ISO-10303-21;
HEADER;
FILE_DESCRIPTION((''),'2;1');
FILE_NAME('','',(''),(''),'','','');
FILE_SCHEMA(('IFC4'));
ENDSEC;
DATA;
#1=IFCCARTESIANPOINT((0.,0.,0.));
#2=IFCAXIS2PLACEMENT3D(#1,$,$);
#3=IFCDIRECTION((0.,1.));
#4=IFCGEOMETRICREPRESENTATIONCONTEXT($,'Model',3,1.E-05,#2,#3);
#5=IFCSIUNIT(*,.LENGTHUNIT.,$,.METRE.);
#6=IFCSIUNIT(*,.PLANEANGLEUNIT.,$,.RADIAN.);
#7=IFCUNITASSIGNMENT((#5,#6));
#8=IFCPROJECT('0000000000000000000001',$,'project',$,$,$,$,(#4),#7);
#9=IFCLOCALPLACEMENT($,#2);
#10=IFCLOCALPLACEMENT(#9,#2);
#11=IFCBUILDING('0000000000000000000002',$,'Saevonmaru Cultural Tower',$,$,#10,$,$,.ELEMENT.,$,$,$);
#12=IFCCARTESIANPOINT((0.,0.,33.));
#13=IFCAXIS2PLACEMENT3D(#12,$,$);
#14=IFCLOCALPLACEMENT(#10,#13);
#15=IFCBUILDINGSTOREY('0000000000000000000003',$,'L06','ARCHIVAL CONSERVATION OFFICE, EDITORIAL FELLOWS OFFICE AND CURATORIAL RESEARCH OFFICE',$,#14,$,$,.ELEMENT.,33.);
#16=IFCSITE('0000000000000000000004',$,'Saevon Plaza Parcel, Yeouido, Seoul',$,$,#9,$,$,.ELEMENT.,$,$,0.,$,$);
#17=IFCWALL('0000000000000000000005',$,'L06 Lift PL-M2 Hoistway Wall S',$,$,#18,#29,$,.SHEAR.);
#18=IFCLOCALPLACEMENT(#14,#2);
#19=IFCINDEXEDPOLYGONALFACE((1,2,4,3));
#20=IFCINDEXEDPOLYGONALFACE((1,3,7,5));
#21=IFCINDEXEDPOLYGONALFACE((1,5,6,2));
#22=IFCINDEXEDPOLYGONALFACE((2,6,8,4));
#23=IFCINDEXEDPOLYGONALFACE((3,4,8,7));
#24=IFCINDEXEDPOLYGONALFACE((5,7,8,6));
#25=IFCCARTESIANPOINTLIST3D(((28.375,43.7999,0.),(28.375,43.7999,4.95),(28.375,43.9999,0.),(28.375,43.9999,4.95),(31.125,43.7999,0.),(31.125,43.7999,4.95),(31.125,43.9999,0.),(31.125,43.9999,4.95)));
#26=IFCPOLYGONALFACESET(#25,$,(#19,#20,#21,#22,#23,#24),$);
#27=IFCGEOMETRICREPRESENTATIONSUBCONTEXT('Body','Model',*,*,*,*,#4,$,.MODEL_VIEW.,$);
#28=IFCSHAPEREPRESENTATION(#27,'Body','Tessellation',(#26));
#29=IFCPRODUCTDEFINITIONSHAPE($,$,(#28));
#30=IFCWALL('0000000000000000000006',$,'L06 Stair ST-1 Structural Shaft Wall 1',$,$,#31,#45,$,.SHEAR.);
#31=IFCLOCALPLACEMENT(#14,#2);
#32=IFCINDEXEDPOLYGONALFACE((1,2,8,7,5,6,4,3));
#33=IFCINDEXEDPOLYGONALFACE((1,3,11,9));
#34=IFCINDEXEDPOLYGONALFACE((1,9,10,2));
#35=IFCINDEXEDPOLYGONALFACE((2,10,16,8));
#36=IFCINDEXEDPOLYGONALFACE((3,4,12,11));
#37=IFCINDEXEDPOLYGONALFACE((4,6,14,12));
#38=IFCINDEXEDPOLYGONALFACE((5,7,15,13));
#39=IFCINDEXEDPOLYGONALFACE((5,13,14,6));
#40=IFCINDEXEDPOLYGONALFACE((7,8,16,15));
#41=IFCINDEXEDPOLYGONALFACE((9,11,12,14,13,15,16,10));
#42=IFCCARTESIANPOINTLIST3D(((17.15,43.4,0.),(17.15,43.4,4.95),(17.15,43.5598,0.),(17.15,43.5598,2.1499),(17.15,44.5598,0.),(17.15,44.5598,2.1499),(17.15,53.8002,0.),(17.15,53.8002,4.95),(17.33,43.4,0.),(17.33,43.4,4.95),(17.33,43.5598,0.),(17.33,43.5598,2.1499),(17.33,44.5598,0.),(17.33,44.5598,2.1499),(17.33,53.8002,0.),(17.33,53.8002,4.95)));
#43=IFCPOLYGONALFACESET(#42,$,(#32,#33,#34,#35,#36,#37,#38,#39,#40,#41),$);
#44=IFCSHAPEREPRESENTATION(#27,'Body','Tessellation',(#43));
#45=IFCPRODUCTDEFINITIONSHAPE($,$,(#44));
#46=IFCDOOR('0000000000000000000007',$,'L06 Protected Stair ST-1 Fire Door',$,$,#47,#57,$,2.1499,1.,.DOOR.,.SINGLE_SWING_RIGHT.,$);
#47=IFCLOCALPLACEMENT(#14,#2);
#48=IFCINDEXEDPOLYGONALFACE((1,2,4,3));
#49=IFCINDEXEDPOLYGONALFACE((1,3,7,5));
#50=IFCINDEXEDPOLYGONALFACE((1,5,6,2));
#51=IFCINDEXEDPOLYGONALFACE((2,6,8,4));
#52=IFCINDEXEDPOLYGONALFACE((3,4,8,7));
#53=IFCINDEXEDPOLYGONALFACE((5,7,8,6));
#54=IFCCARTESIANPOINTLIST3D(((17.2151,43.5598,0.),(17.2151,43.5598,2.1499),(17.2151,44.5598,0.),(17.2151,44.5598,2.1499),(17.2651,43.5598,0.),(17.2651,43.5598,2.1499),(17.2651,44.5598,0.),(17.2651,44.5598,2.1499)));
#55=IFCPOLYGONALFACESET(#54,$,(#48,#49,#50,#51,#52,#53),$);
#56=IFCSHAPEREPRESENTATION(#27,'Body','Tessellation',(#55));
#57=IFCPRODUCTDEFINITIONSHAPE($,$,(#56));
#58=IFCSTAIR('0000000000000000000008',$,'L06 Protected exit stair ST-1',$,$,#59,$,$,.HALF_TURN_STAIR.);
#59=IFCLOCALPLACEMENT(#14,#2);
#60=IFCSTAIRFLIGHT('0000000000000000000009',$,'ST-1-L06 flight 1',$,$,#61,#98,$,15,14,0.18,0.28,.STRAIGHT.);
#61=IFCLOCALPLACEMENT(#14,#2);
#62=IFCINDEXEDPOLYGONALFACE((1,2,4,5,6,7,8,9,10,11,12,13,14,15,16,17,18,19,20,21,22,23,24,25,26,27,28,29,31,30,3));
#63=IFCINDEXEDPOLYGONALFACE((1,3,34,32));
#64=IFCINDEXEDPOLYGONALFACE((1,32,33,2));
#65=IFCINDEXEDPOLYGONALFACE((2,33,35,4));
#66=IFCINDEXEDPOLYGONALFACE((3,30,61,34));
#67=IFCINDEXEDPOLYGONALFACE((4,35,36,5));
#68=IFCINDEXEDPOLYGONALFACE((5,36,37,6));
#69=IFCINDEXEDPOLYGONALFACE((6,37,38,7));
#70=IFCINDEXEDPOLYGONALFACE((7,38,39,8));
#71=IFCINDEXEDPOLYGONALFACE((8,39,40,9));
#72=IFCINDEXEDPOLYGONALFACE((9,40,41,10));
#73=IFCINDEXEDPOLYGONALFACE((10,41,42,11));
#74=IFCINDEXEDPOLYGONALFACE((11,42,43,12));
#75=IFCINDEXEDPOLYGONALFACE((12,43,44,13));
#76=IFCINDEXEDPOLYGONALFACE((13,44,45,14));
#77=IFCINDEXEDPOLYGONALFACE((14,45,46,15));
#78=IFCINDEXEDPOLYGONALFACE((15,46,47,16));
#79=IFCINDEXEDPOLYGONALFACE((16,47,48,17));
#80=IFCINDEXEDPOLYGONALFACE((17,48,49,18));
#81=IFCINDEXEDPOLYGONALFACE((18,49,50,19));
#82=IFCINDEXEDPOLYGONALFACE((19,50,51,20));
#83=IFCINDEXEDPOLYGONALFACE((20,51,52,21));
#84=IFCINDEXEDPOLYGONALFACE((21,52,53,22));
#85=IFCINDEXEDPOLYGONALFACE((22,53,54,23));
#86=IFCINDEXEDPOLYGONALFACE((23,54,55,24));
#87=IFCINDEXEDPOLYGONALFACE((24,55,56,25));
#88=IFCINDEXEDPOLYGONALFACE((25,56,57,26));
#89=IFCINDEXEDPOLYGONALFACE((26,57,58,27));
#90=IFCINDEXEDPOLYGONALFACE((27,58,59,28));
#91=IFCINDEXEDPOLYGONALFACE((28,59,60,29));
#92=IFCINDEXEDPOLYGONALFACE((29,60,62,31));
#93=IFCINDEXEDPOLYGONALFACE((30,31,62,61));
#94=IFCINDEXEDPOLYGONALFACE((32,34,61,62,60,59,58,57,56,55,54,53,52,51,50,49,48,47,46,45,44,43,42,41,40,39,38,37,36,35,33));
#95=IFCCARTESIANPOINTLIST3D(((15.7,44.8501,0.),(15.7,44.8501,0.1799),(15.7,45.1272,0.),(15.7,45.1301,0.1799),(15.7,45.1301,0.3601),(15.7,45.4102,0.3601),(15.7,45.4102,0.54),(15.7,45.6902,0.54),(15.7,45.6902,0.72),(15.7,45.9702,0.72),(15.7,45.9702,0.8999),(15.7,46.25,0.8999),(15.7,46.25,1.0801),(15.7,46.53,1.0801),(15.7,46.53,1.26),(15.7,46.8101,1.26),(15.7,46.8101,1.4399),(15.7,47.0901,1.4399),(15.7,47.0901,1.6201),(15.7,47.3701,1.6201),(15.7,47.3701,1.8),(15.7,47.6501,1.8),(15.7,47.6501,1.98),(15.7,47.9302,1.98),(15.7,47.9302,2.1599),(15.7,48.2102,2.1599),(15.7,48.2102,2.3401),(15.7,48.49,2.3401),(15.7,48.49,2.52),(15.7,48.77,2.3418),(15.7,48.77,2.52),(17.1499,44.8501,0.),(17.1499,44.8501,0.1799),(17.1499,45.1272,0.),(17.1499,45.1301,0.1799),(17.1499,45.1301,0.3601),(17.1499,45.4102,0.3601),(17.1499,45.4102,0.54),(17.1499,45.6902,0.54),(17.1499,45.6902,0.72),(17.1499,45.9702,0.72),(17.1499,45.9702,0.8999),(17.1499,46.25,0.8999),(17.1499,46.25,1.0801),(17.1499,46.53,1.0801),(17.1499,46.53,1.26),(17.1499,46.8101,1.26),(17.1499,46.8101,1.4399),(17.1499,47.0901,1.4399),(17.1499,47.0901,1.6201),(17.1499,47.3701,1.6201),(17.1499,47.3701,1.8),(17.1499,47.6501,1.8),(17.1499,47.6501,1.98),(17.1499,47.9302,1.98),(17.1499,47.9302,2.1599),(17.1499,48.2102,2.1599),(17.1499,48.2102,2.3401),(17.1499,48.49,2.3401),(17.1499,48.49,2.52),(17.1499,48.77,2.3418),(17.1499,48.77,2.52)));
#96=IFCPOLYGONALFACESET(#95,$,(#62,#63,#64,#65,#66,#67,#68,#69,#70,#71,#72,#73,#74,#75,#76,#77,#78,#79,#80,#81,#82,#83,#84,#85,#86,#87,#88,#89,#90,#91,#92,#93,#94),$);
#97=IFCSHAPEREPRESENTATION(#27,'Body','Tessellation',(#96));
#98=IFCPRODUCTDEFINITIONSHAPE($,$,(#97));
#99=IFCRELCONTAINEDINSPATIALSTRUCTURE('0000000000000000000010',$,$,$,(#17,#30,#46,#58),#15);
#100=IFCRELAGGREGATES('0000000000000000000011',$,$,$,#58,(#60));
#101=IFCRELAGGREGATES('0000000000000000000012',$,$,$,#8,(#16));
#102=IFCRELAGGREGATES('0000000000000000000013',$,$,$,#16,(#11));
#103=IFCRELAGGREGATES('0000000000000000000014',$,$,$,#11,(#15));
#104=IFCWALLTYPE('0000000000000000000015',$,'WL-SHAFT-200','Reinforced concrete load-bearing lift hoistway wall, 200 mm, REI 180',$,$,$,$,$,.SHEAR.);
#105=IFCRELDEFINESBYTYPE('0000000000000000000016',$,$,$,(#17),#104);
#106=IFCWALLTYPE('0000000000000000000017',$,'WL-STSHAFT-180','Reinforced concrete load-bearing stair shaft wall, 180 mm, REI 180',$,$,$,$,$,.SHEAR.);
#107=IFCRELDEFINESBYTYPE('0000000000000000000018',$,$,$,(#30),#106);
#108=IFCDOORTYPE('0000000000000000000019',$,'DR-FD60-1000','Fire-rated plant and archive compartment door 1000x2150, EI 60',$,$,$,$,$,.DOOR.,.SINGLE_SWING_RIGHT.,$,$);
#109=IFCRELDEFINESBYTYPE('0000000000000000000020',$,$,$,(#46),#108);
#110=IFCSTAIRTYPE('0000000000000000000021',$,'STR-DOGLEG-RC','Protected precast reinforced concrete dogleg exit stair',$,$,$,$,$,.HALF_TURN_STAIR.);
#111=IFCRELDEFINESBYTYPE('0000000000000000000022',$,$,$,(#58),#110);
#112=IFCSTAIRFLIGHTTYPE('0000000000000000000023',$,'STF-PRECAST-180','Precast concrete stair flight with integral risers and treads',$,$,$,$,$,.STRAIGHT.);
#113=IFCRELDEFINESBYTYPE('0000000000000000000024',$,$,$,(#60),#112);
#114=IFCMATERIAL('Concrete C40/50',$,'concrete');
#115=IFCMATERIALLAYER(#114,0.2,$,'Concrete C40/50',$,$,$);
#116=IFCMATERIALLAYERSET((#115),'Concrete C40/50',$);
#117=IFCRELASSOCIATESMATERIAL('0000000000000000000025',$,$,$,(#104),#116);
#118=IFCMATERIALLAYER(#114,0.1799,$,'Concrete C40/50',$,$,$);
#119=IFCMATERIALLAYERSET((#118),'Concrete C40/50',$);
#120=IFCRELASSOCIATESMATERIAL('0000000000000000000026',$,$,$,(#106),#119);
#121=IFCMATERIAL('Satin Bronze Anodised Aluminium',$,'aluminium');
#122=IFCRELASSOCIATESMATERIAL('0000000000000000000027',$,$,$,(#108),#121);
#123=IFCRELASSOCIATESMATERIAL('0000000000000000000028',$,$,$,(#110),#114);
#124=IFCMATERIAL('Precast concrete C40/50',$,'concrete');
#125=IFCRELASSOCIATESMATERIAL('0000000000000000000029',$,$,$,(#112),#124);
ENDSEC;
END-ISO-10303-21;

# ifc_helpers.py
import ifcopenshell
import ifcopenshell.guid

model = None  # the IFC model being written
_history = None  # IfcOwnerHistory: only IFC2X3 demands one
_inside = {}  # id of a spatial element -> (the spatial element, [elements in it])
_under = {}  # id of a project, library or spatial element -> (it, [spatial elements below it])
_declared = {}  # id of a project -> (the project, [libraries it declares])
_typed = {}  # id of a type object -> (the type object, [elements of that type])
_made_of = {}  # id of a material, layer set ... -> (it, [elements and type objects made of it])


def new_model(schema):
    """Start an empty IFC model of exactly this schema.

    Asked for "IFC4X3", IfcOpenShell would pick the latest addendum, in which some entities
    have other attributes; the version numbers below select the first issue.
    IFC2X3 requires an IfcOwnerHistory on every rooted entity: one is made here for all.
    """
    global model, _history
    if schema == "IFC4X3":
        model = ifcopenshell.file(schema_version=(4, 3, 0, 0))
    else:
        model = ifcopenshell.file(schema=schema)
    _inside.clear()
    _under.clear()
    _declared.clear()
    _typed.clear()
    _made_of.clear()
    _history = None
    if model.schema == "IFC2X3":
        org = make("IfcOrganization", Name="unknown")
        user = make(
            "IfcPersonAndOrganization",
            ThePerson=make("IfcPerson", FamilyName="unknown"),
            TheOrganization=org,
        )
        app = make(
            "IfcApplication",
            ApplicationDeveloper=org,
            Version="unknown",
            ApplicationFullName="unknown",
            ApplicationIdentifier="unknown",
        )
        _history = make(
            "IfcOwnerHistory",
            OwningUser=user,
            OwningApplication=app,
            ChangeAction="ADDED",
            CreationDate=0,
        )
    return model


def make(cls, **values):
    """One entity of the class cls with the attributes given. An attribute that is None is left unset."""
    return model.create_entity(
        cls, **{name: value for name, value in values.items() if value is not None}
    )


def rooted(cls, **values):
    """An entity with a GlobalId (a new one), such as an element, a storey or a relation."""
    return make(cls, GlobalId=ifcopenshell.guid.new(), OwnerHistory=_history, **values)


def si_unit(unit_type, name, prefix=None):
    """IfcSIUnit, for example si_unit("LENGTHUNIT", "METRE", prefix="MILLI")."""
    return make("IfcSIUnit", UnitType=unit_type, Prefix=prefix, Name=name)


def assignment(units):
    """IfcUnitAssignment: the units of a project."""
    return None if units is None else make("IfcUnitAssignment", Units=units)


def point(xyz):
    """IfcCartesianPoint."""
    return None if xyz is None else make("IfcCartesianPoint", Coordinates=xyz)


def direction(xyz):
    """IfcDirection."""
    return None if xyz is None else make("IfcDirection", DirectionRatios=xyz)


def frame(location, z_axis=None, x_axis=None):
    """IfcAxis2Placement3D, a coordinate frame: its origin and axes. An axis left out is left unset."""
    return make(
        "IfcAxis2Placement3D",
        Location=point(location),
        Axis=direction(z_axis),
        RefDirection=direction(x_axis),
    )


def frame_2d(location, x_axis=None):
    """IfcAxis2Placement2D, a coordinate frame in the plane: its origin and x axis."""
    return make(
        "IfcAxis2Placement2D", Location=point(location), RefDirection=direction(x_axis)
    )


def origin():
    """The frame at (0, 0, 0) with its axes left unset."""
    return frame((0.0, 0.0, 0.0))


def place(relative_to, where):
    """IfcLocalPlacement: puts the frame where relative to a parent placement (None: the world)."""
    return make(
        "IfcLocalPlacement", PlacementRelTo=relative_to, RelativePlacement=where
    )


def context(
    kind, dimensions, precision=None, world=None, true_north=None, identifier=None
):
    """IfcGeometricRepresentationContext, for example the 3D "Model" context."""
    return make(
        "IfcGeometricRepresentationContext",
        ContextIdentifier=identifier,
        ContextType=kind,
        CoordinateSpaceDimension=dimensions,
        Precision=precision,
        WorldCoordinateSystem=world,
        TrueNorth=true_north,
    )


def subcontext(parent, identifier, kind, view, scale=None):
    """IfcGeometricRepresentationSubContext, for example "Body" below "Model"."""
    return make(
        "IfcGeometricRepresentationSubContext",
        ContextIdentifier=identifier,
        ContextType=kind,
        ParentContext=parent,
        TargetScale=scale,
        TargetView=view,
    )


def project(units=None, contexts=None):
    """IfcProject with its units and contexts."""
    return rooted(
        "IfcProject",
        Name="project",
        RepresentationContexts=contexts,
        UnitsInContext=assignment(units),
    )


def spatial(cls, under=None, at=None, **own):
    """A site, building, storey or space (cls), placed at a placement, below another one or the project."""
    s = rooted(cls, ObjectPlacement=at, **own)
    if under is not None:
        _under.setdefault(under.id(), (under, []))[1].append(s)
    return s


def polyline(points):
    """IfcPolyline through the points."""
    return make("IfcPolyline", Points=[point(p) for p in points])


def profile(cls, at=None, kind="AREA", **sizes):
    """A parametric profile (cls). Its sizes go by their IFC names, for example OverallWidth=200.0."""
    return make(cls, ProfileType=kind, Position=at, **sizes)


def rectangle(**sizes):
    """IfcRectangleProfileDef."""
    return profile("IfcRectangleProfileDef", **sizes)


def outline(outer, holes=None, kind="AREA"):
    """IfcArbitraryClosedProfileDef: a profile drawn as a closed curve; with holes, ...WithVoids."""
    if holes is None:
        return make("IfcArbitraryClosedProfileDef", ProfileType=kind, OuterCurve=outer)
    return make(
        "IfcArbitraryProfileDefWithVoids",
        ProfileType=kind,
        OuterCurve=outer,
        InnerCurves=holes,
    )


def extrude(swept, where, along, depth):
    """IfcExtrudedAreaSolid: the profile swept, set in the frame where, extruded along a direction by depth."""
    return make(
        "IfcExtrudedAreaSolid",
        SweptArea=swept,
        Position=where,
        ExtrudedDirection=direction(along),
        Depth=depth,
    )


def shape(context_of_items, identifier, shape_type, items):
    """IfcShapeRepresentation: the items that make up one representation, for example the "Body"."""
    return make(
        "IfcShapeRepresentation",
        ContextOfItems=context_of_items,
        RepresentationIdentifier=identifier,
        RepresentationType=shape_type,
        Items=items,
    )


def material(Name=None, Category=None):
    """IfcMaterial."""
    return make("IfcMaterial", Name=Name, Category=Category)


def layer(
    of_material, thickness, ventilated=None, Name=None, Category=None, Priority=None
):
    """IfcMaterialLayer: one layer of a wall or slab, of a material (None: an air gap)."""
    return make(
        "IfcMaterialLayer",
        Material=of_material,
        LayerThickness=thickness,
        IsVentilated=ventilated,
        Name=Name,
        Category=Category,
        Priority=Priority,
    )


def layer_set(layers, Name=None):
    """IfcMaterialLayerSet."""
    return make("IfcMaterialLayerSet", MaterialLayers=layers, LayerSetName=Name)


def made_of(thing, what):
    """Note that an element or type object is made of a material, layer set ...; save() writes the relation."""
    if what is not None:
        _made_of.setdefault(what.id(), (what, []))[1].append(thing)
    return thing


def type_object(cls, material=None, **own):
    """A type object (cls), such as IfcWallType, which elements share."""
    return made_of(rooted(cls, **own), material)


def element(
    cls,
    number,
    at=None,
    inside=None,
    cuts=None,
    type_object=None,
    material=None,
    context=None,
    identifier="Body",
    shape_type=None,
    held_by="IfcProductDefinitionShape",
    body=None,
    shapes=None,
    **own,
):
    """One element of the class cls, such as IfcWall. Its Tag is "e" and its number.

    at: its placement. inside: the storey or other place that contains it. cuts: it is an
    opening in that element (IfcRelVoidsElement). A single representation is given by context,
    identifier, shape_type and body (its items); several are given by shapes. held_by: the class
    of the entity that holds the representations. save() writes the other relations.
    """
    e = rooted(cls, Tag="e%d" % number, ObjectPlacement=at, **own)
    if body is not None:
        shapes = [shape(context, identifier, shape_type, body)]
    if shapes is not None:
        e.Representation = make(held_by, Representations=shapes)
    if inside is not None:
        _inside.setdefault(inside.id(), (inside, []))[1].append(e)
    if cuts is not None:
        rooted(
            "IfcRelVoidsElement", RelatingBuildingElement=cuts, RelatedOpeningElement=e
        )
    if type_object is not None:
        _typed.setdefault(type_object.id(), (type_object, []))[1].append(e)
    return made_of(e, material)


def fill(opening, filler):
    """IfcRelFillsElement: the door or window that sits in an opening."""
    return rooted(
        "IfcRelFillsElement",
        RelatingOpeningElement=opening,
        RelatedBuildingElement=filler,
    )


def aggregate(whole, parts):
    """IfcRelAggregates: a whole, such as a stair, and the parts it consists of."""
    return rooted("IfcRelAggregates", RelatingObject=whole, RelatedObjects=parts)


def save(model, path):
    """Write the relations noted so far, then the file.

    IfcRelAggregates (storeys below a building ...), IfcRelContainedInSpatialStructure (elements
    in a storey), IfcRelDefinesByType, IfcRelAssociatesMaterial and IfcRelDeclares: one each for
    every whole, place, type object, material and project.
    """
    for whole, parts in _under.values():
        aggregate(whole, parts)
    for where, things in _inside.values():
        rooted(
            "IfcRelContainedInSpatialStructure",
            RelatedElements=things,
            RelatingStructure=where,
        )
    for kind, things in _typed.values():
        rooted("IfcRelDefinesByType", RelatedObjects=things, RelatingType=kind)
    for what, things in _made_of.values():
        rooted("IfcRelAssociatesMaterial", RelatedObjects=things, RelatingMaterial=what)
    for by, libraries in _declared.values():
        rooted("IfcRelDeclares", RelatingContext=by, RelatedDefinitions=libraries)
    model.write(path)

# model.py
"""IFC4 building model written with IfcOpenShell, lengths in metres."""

from ifc_helpers import new_model, si_unit, direction, frame, frame_2d, origin, place, context, subcontext, project, spatial, polyline, rectangle, outline, extrude, material, layer, layer_set, type_object, element, fill, aggregate, save


model = new_model("IFC4")

# Units and contexts
model_context = context("Model", 3, precision=1e-05, world=origin(), true_north=direction((0.0, 1.0)))
body_context = subcontext(model_context, "Body", "Model", "MODEL_VIEW")
ifc_project = project(units=[si_unit("LENGTHUNIT", "METRE"), si_unit("PLANEANGLEUNIT", "RADIAN")], contexts=[model_context])

# Site, building, storey
site_placement = place(None, origin())
site = spatial("IfcSite", under=ifc_project, at=site_placement, Name="Saevon Plaza Parcel, Yeouido, Seoul", CompositionType="ELEMENT", RefElevation=0.0)
building_placement = place(site_placement, origin())
building = spatial("IfcBuilding", under=site, at=building_placement, Name="Saevonmaru Cultural Tower", CompositionType="ELEMENT")
storey_placement = place(building_placement, frame((0.0, 0.0, 33.0)))
storey = spatial("IfcBuildingStorey", under=building, at=storey_placement, Name="L06", Description="ARCHIVAL CONSERVATION OFFICE, EDITORIAL FELLOWS OFFICE AND CURATORIAL RESEARCH OFFICE", CompositionType="ELEMENT", Elevation=33.0)

# Shared definitions
ifc_material_1 = material(Name="Satin Bronze Anodised Aluminium", Category="aluminium")

# Wall
ifc_material_2 = material(Name="Concrete C40/50", Category="concrete")
ifc_layer_1 = layer(ifc_material_2, 0.2, Name="Concrete C40/50")
ifc_layer_set_1 = layer_set([ifc_layer_1], Name="Concrete C40/50")
wall_type_1 = type_object("IfcWallType", Name="WL-SHAFT-200", Description="Reinforced concrete load-bearing lift hoistway wall, 200 mm, REI 180", PredefinedType="SHEAR", material=ifc_layer_set_1)
wall_1_placement = place(storey_placement, frame((28.375, 43.8999, 0.0), z_axis=(0.0, 0.0, 1.0), x_axis=(1.0, 0.0, 0.0)))
element("IfcWall", 1, at=wall_1_placement, inside=storey, type_object=wall_type_1, Name="L06 Lift PL-M2 Hoistway Wall S", PredefinedType="SHEAR", context=body_context, shape_type="SweptSolid", body=[
    extrude(rectangle(XDim=2.75, YDim=0.2, at=frame_2d((1.375, 0.0))), origin(), (0.0, 0.0, 1.0), 4.95),
])

# Wall, opening, door
ifc_layer_2 = layer(ifc_material_2, 0.1799, Name="Concrete C40/50")
ifc_layer_set_2 = layer_set([ifc_layer_2], Name="Concrete C40/50")
wall_type_2 = type_object("IfcWallType", Name="WL-STSHAFT-180", Description="Reinforced concrete load-bearing stair shaft wall, 180 mm, REI 180", PredefinedType="SHEAR", material=ifc_layer_set_2)
wall_2_placement = place(storey_placement, frame((17.24, 43.3999, 0.0), z_axis=(0.0, 0.0, 1.0), x_axis=(0.0, 1.0, 0.0)))
wall_2 = element("IfcWall", 2, at=wall_2_placement, inside=storey, type_object=wall_type_2, Name="L06 Stair ST-1 Structural Shaft Wall 1", PredefinedType="SHEAR", context=body_context, shape_type="SweptSolid", body=[
    extrude(rectangle(XDim=10.4001, YDim=0.1799, at=frame_2d((5.2002, 0.0))), origin(), (0.0, 0.0, 1.0), 4.95),
])
opening_1_placement = place(wall_2_placement, frame((0.1599, 0.0, 0.0)))
opening_1 = element("IfcOpeningElement", 3, at=opening_1_placement, cuts=wall_2, PredefinedType="OPENING", context=body_context, shape_type="SweptSolid", body=[
    extrude(rectangle(XDim=1.0, YDim=2.1499, at=frame_2d((0.5, 1.075))), frame((0.0, 0.1001, 0.0), z_axis=(0.0, -1.0, 0.0), x_axis=(1.0, 0.0, 0.0)), (0.0, 0.0, 1.0), 0.2),
])
door_type_1 = type_object("IfcDoorType", Name="DR-FD60-1000", Description="Fire-rated plant and archive compartment door 1000x2150, EI 60", OperationType="SINGLE_SWING_RIGHT", PredefinedType="DOOR", material=ifc_material_1)
door_1_placement = place(opening_1_placement, origin())
door_1 = element("IfcDoor", 4, at=door_1_placement, inside=storey, type_object=door_type_1, Name="L06 Protected Stair ST-1 Fire Door", OperationType="SINGLE_SWING_RIGHT", OverallHeight=2.1499, OverallWidth=1.0, PredefinedType="DOOR", context=body_context, shape_type="SweptSolid", body=[
    extrude(rectangle(XDim=1.0, YDim=2.1499, at=frame_2d((0.5, 1.075))), frame((0.0, 0.0249, 0.0), z_axis=(0.0, -1.0, 0.0), x_axis=(1.0, 0.0, 0.0)), (0.0, 0.0, 1.0), 0.05),
])
fill(opening_1, door_1)

# Stair, stair flight
stair_type = type_object("IfcStairType", Name="STR-DOGLEG-RC", Description="Protected precast reinforced concrete dogleg exit stair", PredefinedType="HALF_TURN_STAIR", material=ifc_material_2)
stair_placement = place(storey_placement, origin())
stair = element("IfcStair", 5, at=stair_placement, inside=storey, type_object=stair_type, Name="L06 Protected exit stair ST-1", PredefinedType="HALF_TURN_STAIR")
ifc_material_3 = material(Name="Precast concrete C40/50", Category="concrete")
stair_flight_type = type_object("IfcStairFlightType", Name="STF-PRECAST-180", Description="Precast concrete stair flight with integral risers and treads", PredefinedType="STRAIGHT", material=ifc_material_3)
stair_flight_placement = place(storey_placement, frame((16.425, 44.8501, 0.0), z_axis=(0.0, 0.0, 1.0), x_axis=(0.0, 1.0, 0.0)))
stair_flight = element("IfcStairFlight", 6, at=stair_flight_placement, type_object=stair_flight_type, Name="ST-1-L06 flight 1", NumberOfRisers=15, NumberOfTreads=14, PredefinedType="STRAIGHT", RiserHeight=0.18, TreadLength=0.28, context=body_context, shape_type="SweptSolid", body=[
    extrude(outline(polyline([(0.0, 0.0), (0.0, 0.1799), (0.28, 0.1799), (0.28, 0.3601), (0.5601, 0.3601), (0.5601, 0.54), (0.8401, 0.54), (0.8401, 0.72), (1.1201, 0.72), (1.1201, 0.8999), (1.3999, 0.8999), (1.3999, 1.0801), (1.6799, 1.0801), (1.6799, 1.26), (1.96, 1.26), (1.96, 1.4399), (2.24, 1.4399), (2.24, 1.6201), (2.52, 1.6201), (2.52, 1.8), (2.8, 1.8), (2.8, 1.98), (3.0801, 1.98), (3.0801, 2.1599), (3.3601, 2.1599), (3.3601, 2.3401), (3.6399, 2.3401), (3.6399, 2.52), (3.9199, 2.52), (3.9199, 2.7), (3.9199, 2.3418), (0.2771, 0.0), (0.0, 0.0)])), frame((0.0, 0.7251, 0.0), z_axis=(0.0, -1.0, 0.0), x_axis=(1.0, 0.0, 0.0)), (0.0, 0.0, 1.0), 1.45),
])
aggregate(stair, [stair_flight])

save(model, "model.ifc")
